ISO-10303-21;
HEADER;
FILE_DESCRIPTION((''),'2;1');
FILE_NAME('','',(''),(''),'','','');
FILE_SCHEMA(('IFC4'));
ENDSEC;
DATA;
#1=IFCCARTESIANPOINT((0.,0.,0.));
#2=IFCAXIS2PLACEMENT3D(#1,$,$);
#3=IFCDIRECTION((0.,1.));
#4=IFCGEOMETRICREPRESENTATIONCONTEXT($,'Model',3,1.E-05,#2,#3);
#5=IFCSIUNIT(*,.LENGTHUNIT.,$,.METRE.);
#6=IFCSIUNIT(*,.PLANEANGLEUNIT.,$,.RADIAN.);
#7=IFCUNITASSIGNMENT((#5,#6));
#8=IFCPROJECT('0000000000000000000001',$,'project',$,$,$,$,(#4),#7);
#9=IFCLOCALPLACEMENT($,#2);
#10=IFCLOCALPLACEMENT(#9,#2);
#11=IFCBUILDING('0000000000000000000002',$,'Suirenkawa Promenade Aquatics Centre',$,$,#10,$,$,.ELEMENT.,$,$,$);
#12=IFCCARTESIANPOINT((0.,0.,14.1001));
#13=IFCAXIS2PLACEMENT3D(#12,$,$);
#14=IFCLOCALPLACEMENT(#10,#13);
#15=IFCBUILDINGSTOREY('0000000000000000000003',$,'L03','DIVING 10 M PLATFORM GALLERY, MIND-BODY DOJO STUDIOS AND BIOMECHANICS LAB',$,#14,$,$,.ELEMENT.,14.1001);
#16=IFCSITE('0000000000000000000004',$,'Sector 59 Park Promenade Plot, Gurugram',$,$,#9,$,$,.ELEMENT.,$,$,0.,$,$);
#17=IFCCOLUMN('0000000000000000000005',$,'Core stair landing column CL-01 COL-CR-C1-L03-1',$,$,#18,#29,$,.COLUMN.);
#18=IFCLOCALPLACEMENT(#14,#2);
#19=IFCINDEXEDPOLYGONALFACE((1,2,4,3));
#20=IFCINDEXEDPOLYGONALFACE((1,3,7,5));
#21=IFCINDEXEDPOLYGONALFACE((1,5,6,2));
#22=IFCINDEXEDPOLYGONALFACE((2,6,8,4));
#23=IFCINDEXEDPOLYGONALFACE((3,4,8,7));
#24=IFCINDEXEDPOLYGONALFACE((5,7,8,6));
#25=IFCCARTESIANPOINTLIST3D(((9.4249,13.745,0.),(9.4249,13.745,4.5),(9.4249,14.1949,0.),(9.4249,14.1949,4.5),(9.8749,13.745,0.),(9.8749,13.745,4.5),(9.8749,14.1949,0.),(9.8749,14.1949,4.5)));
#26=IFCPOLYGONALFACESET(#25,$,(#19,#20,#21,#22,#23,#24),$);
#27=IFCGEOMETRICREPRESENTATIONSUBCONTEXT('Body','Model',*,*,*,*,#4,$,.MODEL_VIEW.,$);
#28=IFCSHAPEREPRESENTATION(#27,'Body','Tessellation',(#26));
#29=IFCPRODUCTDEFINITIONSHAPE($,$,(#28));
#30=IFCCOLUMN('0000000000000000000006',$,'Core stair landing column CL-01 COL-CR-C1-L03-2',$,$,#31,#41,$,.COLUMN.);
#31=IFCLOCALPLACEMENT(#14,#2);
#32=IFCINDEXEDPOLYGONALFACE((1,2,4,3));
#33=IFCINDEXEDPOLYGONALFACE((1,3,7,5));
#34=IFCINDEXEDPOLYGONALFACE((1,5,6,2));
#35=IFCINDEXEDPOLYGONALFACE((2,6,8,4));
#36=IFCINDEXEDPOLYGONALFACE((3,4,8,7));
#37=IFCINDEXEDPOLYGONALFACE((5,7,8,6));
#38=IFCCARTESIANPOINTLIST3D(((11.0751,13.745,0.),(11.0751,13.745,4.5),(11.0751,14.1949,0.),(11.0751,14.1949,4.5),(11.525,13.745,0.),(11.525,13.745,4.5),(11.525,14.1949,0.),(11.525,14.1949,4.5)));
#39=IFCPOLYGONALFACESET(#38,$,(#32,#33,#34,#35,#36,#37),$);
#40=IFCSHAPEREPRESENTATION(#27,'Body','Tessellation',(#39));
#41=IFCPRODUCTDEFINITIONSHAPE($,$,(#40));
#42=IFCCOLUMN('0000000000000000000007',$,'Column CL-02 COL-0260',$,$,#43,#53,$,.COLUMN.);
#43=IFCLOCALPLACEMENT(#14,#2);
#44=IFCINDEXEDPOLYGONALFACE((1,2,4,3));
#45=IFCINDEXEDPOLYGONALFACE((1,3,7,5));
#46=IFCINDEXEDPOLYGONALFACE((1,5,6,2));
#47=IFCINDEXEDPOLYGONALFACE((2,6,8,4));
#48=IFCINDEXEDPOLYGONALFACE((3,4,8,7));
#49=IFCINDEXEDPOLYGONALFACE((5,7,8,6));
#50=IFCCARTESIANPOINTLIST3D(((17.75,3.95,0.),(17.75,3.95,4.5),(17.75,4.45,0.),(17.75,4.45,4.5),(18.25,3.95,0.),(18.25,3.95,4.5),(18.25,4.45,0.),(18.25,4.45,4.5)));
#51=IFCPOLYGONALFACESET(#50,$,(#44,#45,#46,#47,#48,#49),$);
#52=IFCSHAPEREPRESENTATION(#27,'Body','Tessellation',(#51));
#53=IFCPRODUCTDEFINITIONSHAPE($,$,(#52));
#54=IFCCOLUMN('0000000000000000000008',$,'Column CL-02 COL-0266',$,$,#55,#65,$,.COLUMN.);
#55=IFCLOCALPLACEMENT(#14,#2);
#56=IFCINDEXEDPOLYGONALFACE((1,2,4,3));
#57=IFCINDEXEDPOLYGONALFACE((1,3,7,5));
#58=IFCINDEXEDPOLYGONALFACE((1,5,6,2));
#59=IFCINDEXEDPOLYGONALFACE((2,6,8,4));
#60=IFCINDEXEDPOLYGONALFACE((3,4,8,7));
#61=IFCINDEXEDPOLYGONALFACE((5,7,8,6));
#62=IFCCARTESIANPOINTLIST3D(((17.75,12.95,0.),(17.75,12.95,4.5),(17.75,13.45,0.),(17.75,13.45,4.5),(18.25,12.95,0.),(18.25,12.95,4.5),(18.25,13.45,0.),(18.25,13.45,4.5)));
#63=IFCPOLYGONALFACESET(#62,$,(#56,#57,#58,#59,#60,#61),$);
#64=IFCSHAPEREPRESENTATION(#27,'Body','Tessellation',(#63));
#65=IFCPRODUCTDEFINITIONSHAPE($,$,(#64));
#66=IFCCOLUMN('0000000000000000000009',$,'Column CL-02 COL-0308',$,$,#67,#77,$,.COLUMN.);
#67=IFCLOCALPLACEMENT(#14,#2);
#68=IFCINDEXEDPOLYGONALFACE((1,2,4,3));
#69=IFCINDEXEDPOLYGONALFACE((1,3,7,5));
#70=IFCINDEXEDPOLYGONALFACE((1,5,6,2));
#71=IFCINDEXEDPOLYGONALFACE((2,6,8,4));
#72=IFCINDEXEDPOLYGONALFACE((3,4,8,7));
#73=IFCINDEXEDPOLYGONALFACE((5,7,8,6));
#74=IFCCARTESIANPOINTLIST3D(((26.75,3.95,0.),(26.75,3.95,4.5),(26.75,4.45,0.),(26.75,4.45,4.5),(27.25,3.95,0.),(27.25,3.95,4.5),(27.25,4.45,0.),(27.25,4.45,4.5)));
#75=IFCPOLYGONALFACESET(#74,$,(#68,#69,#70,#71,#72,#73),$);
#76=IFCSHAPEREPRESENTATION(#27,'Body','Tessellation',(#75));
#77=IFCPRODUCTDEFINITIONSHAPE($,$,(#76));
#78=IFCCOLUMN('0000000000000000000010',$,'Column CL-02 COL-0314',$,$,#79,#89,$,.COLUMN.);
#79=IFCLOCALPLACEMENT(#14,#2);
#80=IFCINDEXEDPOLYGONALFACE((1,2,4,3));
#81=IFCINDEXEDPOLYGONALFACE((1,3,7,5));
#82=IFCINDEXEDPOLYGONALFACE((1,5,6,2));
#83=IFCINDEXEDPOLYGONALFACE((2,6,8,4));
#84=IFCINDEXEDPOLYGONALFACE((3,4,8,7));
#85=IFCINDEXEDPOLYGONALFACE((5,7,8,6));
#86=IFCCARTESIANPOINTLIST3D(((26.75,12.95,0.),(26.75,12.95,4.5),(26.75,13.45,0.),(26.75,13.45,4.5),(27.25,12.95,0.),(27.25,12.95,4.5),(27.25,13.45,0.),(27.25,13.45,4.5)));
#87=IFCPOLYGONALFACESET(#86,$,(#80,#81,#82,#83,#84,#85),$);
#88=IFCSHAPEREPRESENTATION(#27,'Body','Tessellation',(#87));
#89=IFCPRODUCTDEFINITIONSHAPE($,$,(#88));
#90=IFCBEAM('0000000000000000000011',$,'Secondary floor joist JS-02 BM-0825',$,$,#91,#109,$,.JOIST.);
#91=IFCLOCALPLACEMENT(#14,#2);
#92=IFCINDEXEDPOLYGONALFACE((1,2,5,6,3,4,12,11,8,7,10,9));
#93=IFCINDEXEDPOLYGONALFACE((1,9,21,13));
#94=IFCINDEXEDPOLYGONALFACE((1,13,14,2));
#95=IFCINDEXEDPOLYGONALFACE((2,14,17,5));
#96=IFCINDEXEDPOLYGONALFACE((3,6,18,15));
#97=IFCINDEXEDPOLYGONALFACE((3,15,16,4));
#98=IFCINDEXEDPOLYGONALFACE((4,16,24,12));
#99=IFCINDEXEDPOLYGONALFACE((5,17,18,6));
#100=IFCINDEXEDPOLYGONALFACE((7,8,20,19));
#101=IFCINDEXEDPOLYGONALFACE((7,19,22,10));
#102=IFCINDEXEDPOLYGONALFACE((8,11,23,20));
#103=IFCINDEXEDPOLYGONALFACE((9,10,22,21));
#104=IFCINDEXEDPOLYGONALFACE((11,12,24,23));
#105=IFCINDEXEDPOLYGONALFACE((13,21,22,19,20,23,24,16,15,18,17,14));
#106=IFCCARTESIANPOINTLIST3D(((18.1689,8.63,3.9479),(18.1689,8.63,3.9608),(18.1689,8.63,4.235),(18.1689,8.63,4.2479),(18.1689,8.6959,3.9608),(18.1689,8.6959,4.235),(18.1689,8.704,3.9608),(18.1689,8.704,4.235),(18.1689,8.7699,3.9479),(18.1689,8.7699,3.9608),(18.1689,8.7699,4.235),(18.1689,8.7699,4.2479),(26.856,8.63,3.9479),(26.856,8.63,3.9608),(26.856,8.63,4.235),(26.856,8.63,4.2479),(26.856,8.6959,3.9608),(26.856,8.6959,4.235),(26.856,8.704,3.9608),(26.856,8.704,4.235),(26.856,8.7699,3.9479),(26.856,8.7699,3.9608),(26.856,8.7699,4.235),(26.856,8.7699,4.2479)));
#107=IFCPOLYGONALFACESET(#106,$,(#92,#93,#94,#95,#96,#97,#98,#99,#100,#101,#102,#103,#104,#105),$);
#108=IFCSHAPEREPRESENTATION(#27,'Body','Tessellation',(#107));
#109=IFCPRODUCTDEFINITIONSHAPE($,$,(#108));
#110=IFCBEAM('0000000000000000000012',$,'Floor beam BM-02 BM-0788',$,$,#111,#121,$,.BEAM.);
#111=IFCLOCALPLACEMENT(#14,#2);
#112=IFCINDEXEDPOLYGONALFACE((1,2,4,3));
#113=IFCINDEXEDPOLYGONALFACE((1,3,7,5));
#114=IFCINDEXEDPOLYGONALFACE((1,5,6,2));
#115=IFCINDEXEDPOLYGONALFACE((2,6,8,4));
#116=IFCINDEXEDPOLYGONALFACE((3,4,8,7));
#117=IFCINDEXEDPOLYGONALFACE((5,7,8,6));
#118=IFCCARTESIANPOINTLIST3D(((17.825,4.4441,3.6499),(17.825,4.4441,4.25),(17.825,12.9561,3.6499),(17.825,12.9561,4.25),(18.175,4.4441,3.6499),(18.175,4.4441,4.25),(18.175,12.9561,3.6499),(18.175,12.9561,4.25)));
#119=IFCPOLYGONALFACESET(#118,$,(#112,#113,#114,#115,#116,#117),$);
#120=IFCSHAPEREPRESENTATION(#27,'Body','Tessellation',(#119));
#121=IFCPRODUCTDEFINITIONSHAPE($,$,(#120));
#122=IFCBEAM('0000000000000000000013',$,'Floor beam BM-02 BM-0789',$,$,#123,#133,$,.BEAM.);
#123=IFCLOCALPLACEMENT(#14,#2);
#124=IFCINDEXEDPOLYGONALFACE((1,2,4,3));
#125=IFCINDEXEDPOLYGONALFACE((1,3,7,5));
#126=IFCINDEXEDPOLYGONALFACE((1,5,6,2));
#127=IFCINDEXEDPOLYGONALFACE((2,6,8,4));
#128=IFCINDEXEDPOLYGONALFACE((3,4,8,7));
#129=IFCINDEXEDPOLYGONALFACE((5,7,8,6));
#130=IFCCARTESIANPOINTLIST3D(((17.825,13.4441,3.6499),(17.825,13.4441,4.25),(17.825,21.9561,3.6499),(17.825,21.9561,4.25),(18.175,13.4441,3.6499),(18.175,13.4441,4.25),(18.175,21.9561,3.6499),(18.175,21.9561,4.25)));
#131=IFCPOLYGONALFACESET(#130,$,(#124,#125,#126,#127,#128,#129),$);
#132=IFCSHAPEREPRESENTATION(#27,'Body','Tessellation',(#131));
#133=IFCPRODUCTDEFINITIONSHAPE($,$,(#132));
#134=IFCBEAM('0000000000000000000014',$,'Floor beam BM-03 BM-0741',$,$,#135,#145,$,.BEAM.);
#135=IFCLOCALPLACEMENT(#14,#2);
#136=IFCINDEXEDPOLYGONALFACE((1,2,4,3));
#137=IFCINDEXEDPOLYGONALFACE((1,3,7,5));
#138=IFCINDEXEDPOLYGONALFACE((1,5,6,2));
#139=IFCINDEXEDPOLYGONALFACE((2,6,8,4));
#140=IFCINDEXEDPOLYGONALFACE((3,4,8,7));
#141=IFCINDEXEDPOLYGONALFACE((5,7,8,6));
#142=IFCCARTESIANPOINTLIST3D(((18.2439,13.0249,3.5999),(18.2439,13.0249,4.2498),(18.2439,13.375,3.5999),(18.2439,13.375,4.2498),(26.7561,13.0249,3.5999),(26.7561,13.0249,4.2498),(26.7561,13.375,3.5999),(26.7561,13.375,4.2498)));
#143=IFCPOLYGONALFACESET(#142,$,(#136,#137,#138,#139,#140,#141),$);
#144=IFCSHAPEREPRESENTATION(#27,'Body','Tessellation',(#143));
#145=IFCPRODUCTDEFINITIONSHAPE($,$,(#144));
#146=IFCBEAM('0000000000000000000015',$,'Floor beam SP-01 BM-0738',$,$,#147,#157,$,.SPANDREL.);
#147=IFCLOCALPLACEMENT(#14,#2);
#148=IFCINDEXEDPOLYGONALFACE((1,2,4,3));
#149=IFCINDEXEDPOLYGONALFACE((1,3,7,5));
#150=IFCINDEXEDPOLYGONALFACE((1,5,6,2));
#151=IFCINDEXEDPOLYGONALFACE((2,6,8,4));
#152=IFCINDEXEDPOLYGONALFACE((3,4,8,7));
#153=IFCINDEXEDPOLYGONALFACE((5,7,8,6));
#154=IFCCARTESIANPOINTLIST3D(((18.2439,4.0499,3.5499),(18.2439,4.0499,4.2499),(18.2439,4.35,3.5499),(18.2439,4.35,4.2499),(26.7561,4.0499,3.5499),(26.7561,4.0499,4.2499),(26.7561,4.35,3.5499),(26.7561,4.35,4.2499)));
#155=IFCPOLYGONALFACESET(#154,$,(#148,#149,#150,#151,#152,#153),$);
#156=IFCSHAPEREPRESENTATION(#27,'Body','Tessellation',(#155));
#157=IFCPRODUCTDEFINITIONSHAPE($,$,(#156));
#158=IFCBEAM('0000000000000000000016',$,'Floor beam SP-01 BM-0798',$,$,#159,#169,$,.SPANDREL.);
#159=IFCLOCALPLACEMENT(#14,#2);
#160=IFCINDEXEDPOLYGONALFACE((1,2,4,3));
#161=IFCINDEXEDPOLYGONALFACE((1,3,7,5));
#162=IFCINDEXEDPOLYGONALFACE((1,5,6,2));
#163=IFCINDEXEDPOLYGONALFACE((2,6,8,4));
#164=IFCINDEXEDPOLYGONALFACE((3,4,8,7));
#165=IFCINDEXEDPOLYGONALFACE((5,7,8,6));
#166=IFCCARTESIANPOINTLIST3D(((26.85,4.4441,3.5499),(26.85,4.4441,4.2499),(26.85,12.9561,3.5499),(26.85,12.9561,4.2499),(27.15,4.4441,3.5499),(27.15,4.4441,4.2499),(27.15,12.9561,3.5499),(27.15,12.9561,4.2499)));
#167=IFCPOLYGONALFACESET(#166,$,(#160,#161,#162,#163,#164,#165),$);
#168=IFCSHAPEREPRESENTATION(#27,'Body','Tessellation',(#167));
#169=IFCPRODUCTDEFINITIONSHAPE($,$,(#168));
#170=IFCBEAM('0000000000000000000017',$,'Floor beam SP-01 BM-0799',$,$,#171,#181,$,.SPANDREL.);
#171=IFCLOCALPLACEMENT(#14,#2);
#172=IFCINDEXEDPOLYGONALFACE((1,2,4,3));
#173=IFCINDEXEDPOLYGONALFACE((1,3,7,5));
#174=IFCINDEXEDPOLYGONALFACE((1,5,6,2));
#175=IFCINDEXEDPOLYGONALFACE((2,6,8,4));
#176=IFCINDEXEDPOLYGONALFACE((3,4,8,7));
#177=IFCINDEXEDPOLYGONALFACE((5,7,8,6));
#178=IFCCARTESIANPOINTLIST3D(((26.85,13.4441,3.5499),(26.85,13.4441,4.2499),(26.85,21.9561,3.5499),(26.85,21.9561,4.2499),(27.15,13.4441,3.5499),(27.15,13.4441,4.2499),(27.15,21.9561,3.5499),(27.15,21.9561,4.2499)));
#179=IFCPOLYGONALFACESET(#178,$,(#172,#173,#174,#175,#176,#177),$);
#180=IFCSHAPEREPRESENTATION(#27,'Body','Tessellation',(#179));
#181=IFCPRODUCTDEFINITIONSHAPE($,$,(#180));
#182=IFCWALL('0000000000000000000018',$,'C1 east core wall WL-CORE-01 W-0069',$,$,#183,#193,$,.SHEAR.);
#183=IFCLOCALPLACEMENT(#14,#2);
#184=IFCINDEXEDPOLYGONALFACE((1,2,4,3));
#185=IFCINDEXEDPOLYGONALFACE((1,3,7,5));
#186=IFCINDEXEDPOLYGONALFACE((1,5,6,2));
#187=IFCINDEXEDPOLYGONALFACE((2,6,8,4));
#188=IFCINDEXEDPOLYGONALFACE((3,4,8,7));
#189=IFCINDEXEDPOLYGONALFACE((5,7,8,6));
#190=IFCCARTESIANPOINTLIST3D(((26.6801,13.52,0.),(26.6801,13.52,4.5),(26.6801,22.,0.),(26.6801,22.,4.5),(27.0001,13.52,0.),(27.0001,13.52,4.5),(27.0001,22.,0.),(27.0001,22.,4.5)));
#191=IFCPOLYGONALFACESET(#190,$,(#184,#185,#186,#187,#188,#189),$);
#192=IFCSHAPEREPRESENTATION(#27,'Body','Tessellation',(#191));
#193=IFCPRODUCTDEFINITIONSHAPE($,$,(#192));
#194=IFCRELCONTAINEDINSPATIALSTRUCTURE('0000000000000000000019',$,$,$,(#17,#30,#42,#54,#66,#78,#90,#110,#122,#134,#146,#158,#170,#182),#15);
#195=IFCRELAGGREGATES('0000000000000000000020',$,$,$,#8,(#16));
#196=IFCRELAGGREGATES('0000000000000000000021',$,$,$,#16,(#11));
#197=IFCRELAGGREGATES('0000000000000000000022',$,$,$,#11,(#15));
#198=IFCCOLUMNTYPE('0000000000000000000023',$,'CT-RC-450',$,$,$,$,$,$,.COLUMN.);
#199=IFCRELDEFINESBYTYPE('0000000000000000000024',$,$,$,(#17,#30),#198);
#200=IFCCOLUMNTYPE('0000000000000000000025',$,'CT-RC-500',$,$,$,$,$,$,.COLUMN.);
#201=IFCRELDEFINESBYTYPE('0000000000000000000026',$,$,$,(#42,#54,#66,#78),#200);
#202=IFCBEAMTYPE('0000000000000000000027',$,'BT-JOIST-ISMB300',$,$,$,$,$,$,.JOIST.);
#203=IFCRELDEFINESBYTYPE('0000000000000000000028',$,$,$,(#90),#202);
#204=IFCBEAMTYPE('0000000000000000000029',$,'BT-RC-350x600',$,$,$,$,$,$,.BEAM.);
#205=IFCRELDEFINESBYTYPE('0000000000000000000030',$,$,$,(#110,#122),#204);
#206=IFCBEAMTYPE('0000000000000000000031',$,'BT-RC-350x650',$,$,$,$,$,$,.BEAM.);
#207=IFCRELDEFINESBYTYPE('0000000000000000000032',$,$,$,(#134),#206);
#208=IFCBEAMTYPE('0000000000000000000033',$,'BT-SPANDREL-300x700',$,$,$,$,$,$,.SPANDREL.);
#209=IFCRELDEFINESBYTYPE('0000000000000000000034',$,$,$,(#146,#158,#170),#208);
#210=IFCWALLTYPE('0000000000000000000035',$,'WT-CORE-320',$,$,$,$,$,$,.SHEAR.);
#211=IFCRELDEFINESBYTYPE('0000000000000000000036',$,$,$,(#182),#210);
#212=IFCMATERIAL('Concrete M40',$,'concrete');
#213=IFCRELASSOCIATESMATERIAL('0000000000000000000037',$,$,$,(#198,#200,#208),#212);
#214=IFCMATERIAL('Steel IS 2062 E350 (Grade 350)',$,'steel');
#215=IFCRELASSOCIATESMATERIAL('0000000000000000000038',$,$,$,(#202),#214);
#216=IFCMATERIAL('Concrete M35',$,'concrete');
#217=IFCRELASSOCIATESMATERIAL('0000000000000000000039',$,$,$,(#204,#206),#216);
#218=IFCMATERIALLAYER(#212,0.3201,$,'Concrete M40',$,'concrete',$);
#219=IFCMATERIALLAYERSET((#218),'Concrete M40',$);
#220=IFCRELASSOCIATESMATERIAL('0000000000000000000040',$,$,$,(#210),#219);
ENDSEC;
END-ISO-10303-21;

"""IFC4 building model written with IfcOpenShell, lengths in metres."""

from ifc_helpers import new_model, si_unit, direction, frame, frame_2d, origin, origin_2d, place, context, subcontext, project, spatial, rectangle, i_section, extrude, material, layer, layer_set, material_profile, profile_set, type_object, element, save


model = new_model("IFC4")

# Units and contexts
model_context = context("Model", 3, precision=1e-05, world=origin(), true_north=direction((0.0, 1.0)))
body_context = subcontext(model_context, "Body", "Model", "MODEL_VIEW")
ifc_project = project(units=[si_unit("LENGTHUNIT", "METRE"), si_unit("PLANEANGLEUNIT", "RADIAN")], contexts=[model_context])

# Site, building, storey
site_placement = place(None, origin())
site = spatial("IfcSite", under=ifc_project, at=site_placement, Name="Sector 59 Park Promenade Plot, Gurugram", CompositionType="ELEMENT", RefElevation=0.0)
building_placement = place(site_placement, origin())
building = spatial("IfcBuilding", under=site, at=building_placement, Name="Suirenkawa Promenade Aquatics Centre", CompositionType="ELEMENT")
storey_placement = place(building_placement, frame((0.0, 0.0, 14.1001)))
storey = spatial("IfcBuildingStorey", under=building, at=storey_placement, Name="L03", Description="DIVING 10 M PLATFORM GALLERY, MIND-BODY DOJO STUDIOS AND BIOMECHANICS LAB", CompositionType="ELEMENT", Elevation=14.1001)

# Columns
ifc_material_1 = material(Name="Concrete M40", Category="concrete")
ifc_material_profile_1 = material_profile(ifc_material_1, rectangle(XDim=0.45, YDim=0.45, at=origin_2d()), Name="RC COL 450x450", Category="concrete")
ifc_profile_set_1 = profile_set([ifc_material_profile_1], Name="Concrete M40")
column_type_1 = type_object("IfcColumnType", Name="CT-RC-450", PredefinedType="COLUMN", material=ifc_profile_set_1)
for number, where, z_axis, x_axis, name in (
    (1, (9.6499, 13.97, 0.0), (0.0, 0.0, 1.0), (1.0, 0.0, 0.0), "Core stair landing column CL-01 COL-CR-C1-L03-1"),
    (2, (11.3, 13.97, 0.0), (0.0, 0.0, 1.0), (1.0, 0.0, 0.0), "Core stair landing column CL-01 COL-CR-C1-L03-2"),
):
    element("IfcColumn", number, at=place(storey_placement, frame(where, z_axis=z_axis, x_axis=x_axis)), inside=storey, type_object=column_type_1, Name=name, PredefinedType="COLUMN", context=body_context, shape_type="SweptSolid", body=[
        extrude(rectangle(XDim=0.45, YDim=0.45, at=origin_2d()), origin(), (0.0, 0.0, 1.0), 4.5),
    ])
ifc_material_profile_2 = material_profile(ifc_material_1, rectangle(XDim=0.5, YDim=0.5, at=origin_2d()), Name="RC COL 500x500", Category="concrete")
ifc_profile_set_2 = profile_set([ifc_material_profile_2], Name="Concrete M40")
column_type_2 = type_object("IfcColumnType", Name="CT-RC-500", PredefinedType="COLUMN", material=ifc_profile_set_2)
for number, where, z_axis, x_axis, name in (
    (3, (18.0, 4.2, 0.0), (0.0, 0.0, 1.0), (1.0, 0.0, 0.0), "Column CL-02 COL-0260"),
    (4, (18.0, 13.2, 0.0), (0.0, 0.0, 1.0), (1.0, 0.0, 0.0), "Column CL-02 COL-0266"),
    (5, (27.0, 4.2, 0.0), (0.0, 0.0, 1.0), (1.0, 0.0, 0.0), "Column CL-02 COL-0308"),
    (6, (27.0, 13.2, 0.0), (0.0, 0.0, 1.0), (1.0, 0.0, 0.0), "Column CL-02 COL-0314"),
):
    element("IfcColumn", number, at=place(storey_placement, frame(where, z_axis=z_axis, x_axis=x_axis)), inside=storey, type_object=column_type_2, Name=name, PredefinedType="COLUMN", context=body_context, shape_type="SweptSolid", body=[
        extrude(rectangle(XDim=0.5, YDim=0.5, at=origin_2d()), origin(), (0.0, 0.0, 1.0), 4.5),
    ])

# Beams
ifc_material_2 = material(Name="Steel IS 2062 E350 (Grade 350)", Category="steel")
ifc_material_profile_3 = material_profile(ifc_material_2, i_section(OverallWidth=0.1399, OverallDepth=0.3, WebThickness=0.0081, FlangeThickness=0.0129, at=origin_2d()), Name="ISMB 300", Category="steel")
ifc_profile_set_3 = profile_set([ifc_material_profile_3], Name="Steel IS 2062 E350 (Grade 350)")
beam_type_1 = type_object("IfcBeamType", Name="BT-JOIST-ISMB300", PredefinedType="JOIST", material=ifc_profile_set_3)
beam_1_placement = place(storey_placement, frame((18.1689, 8.7, 4.0979), z_axis=(1.0, 0.0, 0.0), x_axis=(0.0, 1.0, 0.0)))
element("IfcBeam", 7, at=beam_1_placement, inside=storey, type_object=beam_type_1, Name="Secondary floor joist JS-02 BM-0825", PredefinedType="JOIST", context=body_context, shape_type="SweptSolid", body=[
    extrude(i_section(OverallWidth=0.1399, OverallDepth=0.3, WebThickness=0.0081, FlangeThickness=0.0129, at=origin_2d()), origin(), (0.0, 0.0, 1.0), 8.687),
])
ifc_material_3 = material(Name="Concrete M35", Category="concrete")
ifc_material_profile_4 = material_profile(ifc_material_3, rectangle(XDim=0.3501, YDim=0.6001, at=origin_2d()), Name="RC BM 350x600", Category="concrete")
ifc_profile_set_4 = profile_set([ifc_material_profile_4], Name="Concrete M35")
beam_type_2 = type_object("IfcBeamType", Name="BT-RC-350x600", PredefinedType="BEAM", material=ifc_profile_set_4)
for number, where, z_axis, x_axis, name in (
    (8, (18.0, 4.4441, 3.95), (0.0, 1.0, 0.0), (-1.0, 0.0, 0.0), "Floor beam BM-02 BM-0788"),
    (9, (18.0, 13.4441, 3.95), (0.0, 1.0, 0.0), (-1.0, 0.0, 0.0), "Floor beam BM-02 BM-0789"),
):
    element("IfcBeam", number, at=place(storey_placement, frame(where, z_axis=z_axis, x_axis=x_axis)), inside=storey, type_object=beam_type_2, Name=name, PredefinedType="BEAM", context=body_context, shape_type="SweptSolid", body=[
        extrude(rectangle(XDim=0.3501, YDim=0.6001, at=origin_2d()), origin(), (0.0, 0.0, 1.0), 8.512),
    ])
ifc_material_profile_5 = material_profile(ifc_material_3, rectangle(XDim=0.3501, YDim=0.6499, at=origin_2d()), Name="RC BM 350x650", Category="concrete")
ifc_profile_set_5 = profile_set([ifc_material_profile_5], Name="Concrete M35")
beam_type_3 = type_object("IfcBeamType", Name="BT-RC-350x650", PredefinedType="BEAM", material=ifc_profile_set_5)
beam_2_placement = place(storey_placement, frame((18.2439, 13.2, 3.9248), z_axis=(1.0, 0.0, 0.0), x_axis=(0.0, 1.0, 0.0)))
element("IfcBeam", 10, at=beam_2_placement, inside=storey, type_object=beam_type_3, Name="Floor beam BM-03 BM-0741", PredefinedType="BEAM", context=body_context, shape_type="SweptSolid", body=[
    extrude(rectangle(XDim=0.3501, YDim=0.6499, at=origin_2d()), origin(), (0.0, 0.0, 1.0), 8.5122),
])
ifc_material_profile_6 = material_profile(ifc_material_1, rectangle(XDim=0.3, YDim=0.7, at=origin_2d()), Name="RC SPANDREL 300x700", Category="concrete")
ifc_profile_set_6 = profile_set([ifc_material_profile_6], Name="Concrete M40")
beam_type_4 = type_object("IfcBeamType", Name="BT-SPANDREL-300x700", PredefinedType="SPANDREL", material=ifc_profile_set_6)
beam_3_placement = place(storey_placement, frame((18.2439, 4.2, 3.8999), z_axis=(1.0, 0.0, 0.0), x_axis=(0.0, 1.0, 0.0)))
element("IfcBeam", 11, at=beam_3_placement, inside=storey, type_object=beam_type_4, Name="Floor beam SP-01 BM-0738", PredefinedType="SPANDREL", context=body_context, shape_type="SweptSolid", body=[
    extrude(rectangle(XDim=0.3, YDim=0.7, at=origin_2d()), origin(), (0.0, 0.0, 1.0), 8.5122),
])
for number, where, z_axis, x_axis, name in (
    (12, (27.0, 4.4441, 3.8999), (0.0, 1.0, 0.0), (-1.0, 0.0, 0.0), "Floor beam SP-01 BM-0798"),
    (13, (27.0, 13.4441, 3.8999), (0.0, 1.0, 0.0), (-1.0, 0.0, 0.0), "Floor beam SP-01 BM-0799"),
):
    element("IfcBeam", number, at=place(storey_placement, frame(where, z_axis=z_axis, x_axis=x_axis)), inside=storey, type_object=beam_type_4, Name=name, PredefinedType="SPANDREL", context=body_context, shape_type="SweptSolid", body=[
        extrude(rectangle(XDim=0.3, YDim=0.7, at=origin_2d()), origin(), (0.0, 0.0, 1.0), 8.512),
    ])

# Wall
ifc_layer_1 = layer(ifc_material_1, 0.3201, Name="Concrete M40", Category="concrete")
ifc_layer_set_1 = layer_set([ifc_layer_1], Name="Concrete M40")
wall_type_1 = type_object("IfcWallType", Name="WT-CORE-320", PredefinedType="SHEAR", material=ifc_layer_set_1)
wall_1_placement = place(storey_placement, frame((26.8401, 13.52, 0.0), z_axis=(0.0, 0.0, 1.0), x_axis=(0.0, 1.0, 0.0)))
element("IfcWall", 14, at=wall_1_placement, inside=storey, type_object=wall_type_1, Name="C1 east core wall WL-CORE-01 W-0069", PredefinedType="SHEAR", context=body_context, shape_type="SweptSolid", body=[
    extrude(rectangle(XDim=8.48, YDim=0.3201, at=frame_2d((4.24, 0.0))), origin(), (0.0, 0.0, 1.0), 4.5),
])

save(model, "model.ifc")
